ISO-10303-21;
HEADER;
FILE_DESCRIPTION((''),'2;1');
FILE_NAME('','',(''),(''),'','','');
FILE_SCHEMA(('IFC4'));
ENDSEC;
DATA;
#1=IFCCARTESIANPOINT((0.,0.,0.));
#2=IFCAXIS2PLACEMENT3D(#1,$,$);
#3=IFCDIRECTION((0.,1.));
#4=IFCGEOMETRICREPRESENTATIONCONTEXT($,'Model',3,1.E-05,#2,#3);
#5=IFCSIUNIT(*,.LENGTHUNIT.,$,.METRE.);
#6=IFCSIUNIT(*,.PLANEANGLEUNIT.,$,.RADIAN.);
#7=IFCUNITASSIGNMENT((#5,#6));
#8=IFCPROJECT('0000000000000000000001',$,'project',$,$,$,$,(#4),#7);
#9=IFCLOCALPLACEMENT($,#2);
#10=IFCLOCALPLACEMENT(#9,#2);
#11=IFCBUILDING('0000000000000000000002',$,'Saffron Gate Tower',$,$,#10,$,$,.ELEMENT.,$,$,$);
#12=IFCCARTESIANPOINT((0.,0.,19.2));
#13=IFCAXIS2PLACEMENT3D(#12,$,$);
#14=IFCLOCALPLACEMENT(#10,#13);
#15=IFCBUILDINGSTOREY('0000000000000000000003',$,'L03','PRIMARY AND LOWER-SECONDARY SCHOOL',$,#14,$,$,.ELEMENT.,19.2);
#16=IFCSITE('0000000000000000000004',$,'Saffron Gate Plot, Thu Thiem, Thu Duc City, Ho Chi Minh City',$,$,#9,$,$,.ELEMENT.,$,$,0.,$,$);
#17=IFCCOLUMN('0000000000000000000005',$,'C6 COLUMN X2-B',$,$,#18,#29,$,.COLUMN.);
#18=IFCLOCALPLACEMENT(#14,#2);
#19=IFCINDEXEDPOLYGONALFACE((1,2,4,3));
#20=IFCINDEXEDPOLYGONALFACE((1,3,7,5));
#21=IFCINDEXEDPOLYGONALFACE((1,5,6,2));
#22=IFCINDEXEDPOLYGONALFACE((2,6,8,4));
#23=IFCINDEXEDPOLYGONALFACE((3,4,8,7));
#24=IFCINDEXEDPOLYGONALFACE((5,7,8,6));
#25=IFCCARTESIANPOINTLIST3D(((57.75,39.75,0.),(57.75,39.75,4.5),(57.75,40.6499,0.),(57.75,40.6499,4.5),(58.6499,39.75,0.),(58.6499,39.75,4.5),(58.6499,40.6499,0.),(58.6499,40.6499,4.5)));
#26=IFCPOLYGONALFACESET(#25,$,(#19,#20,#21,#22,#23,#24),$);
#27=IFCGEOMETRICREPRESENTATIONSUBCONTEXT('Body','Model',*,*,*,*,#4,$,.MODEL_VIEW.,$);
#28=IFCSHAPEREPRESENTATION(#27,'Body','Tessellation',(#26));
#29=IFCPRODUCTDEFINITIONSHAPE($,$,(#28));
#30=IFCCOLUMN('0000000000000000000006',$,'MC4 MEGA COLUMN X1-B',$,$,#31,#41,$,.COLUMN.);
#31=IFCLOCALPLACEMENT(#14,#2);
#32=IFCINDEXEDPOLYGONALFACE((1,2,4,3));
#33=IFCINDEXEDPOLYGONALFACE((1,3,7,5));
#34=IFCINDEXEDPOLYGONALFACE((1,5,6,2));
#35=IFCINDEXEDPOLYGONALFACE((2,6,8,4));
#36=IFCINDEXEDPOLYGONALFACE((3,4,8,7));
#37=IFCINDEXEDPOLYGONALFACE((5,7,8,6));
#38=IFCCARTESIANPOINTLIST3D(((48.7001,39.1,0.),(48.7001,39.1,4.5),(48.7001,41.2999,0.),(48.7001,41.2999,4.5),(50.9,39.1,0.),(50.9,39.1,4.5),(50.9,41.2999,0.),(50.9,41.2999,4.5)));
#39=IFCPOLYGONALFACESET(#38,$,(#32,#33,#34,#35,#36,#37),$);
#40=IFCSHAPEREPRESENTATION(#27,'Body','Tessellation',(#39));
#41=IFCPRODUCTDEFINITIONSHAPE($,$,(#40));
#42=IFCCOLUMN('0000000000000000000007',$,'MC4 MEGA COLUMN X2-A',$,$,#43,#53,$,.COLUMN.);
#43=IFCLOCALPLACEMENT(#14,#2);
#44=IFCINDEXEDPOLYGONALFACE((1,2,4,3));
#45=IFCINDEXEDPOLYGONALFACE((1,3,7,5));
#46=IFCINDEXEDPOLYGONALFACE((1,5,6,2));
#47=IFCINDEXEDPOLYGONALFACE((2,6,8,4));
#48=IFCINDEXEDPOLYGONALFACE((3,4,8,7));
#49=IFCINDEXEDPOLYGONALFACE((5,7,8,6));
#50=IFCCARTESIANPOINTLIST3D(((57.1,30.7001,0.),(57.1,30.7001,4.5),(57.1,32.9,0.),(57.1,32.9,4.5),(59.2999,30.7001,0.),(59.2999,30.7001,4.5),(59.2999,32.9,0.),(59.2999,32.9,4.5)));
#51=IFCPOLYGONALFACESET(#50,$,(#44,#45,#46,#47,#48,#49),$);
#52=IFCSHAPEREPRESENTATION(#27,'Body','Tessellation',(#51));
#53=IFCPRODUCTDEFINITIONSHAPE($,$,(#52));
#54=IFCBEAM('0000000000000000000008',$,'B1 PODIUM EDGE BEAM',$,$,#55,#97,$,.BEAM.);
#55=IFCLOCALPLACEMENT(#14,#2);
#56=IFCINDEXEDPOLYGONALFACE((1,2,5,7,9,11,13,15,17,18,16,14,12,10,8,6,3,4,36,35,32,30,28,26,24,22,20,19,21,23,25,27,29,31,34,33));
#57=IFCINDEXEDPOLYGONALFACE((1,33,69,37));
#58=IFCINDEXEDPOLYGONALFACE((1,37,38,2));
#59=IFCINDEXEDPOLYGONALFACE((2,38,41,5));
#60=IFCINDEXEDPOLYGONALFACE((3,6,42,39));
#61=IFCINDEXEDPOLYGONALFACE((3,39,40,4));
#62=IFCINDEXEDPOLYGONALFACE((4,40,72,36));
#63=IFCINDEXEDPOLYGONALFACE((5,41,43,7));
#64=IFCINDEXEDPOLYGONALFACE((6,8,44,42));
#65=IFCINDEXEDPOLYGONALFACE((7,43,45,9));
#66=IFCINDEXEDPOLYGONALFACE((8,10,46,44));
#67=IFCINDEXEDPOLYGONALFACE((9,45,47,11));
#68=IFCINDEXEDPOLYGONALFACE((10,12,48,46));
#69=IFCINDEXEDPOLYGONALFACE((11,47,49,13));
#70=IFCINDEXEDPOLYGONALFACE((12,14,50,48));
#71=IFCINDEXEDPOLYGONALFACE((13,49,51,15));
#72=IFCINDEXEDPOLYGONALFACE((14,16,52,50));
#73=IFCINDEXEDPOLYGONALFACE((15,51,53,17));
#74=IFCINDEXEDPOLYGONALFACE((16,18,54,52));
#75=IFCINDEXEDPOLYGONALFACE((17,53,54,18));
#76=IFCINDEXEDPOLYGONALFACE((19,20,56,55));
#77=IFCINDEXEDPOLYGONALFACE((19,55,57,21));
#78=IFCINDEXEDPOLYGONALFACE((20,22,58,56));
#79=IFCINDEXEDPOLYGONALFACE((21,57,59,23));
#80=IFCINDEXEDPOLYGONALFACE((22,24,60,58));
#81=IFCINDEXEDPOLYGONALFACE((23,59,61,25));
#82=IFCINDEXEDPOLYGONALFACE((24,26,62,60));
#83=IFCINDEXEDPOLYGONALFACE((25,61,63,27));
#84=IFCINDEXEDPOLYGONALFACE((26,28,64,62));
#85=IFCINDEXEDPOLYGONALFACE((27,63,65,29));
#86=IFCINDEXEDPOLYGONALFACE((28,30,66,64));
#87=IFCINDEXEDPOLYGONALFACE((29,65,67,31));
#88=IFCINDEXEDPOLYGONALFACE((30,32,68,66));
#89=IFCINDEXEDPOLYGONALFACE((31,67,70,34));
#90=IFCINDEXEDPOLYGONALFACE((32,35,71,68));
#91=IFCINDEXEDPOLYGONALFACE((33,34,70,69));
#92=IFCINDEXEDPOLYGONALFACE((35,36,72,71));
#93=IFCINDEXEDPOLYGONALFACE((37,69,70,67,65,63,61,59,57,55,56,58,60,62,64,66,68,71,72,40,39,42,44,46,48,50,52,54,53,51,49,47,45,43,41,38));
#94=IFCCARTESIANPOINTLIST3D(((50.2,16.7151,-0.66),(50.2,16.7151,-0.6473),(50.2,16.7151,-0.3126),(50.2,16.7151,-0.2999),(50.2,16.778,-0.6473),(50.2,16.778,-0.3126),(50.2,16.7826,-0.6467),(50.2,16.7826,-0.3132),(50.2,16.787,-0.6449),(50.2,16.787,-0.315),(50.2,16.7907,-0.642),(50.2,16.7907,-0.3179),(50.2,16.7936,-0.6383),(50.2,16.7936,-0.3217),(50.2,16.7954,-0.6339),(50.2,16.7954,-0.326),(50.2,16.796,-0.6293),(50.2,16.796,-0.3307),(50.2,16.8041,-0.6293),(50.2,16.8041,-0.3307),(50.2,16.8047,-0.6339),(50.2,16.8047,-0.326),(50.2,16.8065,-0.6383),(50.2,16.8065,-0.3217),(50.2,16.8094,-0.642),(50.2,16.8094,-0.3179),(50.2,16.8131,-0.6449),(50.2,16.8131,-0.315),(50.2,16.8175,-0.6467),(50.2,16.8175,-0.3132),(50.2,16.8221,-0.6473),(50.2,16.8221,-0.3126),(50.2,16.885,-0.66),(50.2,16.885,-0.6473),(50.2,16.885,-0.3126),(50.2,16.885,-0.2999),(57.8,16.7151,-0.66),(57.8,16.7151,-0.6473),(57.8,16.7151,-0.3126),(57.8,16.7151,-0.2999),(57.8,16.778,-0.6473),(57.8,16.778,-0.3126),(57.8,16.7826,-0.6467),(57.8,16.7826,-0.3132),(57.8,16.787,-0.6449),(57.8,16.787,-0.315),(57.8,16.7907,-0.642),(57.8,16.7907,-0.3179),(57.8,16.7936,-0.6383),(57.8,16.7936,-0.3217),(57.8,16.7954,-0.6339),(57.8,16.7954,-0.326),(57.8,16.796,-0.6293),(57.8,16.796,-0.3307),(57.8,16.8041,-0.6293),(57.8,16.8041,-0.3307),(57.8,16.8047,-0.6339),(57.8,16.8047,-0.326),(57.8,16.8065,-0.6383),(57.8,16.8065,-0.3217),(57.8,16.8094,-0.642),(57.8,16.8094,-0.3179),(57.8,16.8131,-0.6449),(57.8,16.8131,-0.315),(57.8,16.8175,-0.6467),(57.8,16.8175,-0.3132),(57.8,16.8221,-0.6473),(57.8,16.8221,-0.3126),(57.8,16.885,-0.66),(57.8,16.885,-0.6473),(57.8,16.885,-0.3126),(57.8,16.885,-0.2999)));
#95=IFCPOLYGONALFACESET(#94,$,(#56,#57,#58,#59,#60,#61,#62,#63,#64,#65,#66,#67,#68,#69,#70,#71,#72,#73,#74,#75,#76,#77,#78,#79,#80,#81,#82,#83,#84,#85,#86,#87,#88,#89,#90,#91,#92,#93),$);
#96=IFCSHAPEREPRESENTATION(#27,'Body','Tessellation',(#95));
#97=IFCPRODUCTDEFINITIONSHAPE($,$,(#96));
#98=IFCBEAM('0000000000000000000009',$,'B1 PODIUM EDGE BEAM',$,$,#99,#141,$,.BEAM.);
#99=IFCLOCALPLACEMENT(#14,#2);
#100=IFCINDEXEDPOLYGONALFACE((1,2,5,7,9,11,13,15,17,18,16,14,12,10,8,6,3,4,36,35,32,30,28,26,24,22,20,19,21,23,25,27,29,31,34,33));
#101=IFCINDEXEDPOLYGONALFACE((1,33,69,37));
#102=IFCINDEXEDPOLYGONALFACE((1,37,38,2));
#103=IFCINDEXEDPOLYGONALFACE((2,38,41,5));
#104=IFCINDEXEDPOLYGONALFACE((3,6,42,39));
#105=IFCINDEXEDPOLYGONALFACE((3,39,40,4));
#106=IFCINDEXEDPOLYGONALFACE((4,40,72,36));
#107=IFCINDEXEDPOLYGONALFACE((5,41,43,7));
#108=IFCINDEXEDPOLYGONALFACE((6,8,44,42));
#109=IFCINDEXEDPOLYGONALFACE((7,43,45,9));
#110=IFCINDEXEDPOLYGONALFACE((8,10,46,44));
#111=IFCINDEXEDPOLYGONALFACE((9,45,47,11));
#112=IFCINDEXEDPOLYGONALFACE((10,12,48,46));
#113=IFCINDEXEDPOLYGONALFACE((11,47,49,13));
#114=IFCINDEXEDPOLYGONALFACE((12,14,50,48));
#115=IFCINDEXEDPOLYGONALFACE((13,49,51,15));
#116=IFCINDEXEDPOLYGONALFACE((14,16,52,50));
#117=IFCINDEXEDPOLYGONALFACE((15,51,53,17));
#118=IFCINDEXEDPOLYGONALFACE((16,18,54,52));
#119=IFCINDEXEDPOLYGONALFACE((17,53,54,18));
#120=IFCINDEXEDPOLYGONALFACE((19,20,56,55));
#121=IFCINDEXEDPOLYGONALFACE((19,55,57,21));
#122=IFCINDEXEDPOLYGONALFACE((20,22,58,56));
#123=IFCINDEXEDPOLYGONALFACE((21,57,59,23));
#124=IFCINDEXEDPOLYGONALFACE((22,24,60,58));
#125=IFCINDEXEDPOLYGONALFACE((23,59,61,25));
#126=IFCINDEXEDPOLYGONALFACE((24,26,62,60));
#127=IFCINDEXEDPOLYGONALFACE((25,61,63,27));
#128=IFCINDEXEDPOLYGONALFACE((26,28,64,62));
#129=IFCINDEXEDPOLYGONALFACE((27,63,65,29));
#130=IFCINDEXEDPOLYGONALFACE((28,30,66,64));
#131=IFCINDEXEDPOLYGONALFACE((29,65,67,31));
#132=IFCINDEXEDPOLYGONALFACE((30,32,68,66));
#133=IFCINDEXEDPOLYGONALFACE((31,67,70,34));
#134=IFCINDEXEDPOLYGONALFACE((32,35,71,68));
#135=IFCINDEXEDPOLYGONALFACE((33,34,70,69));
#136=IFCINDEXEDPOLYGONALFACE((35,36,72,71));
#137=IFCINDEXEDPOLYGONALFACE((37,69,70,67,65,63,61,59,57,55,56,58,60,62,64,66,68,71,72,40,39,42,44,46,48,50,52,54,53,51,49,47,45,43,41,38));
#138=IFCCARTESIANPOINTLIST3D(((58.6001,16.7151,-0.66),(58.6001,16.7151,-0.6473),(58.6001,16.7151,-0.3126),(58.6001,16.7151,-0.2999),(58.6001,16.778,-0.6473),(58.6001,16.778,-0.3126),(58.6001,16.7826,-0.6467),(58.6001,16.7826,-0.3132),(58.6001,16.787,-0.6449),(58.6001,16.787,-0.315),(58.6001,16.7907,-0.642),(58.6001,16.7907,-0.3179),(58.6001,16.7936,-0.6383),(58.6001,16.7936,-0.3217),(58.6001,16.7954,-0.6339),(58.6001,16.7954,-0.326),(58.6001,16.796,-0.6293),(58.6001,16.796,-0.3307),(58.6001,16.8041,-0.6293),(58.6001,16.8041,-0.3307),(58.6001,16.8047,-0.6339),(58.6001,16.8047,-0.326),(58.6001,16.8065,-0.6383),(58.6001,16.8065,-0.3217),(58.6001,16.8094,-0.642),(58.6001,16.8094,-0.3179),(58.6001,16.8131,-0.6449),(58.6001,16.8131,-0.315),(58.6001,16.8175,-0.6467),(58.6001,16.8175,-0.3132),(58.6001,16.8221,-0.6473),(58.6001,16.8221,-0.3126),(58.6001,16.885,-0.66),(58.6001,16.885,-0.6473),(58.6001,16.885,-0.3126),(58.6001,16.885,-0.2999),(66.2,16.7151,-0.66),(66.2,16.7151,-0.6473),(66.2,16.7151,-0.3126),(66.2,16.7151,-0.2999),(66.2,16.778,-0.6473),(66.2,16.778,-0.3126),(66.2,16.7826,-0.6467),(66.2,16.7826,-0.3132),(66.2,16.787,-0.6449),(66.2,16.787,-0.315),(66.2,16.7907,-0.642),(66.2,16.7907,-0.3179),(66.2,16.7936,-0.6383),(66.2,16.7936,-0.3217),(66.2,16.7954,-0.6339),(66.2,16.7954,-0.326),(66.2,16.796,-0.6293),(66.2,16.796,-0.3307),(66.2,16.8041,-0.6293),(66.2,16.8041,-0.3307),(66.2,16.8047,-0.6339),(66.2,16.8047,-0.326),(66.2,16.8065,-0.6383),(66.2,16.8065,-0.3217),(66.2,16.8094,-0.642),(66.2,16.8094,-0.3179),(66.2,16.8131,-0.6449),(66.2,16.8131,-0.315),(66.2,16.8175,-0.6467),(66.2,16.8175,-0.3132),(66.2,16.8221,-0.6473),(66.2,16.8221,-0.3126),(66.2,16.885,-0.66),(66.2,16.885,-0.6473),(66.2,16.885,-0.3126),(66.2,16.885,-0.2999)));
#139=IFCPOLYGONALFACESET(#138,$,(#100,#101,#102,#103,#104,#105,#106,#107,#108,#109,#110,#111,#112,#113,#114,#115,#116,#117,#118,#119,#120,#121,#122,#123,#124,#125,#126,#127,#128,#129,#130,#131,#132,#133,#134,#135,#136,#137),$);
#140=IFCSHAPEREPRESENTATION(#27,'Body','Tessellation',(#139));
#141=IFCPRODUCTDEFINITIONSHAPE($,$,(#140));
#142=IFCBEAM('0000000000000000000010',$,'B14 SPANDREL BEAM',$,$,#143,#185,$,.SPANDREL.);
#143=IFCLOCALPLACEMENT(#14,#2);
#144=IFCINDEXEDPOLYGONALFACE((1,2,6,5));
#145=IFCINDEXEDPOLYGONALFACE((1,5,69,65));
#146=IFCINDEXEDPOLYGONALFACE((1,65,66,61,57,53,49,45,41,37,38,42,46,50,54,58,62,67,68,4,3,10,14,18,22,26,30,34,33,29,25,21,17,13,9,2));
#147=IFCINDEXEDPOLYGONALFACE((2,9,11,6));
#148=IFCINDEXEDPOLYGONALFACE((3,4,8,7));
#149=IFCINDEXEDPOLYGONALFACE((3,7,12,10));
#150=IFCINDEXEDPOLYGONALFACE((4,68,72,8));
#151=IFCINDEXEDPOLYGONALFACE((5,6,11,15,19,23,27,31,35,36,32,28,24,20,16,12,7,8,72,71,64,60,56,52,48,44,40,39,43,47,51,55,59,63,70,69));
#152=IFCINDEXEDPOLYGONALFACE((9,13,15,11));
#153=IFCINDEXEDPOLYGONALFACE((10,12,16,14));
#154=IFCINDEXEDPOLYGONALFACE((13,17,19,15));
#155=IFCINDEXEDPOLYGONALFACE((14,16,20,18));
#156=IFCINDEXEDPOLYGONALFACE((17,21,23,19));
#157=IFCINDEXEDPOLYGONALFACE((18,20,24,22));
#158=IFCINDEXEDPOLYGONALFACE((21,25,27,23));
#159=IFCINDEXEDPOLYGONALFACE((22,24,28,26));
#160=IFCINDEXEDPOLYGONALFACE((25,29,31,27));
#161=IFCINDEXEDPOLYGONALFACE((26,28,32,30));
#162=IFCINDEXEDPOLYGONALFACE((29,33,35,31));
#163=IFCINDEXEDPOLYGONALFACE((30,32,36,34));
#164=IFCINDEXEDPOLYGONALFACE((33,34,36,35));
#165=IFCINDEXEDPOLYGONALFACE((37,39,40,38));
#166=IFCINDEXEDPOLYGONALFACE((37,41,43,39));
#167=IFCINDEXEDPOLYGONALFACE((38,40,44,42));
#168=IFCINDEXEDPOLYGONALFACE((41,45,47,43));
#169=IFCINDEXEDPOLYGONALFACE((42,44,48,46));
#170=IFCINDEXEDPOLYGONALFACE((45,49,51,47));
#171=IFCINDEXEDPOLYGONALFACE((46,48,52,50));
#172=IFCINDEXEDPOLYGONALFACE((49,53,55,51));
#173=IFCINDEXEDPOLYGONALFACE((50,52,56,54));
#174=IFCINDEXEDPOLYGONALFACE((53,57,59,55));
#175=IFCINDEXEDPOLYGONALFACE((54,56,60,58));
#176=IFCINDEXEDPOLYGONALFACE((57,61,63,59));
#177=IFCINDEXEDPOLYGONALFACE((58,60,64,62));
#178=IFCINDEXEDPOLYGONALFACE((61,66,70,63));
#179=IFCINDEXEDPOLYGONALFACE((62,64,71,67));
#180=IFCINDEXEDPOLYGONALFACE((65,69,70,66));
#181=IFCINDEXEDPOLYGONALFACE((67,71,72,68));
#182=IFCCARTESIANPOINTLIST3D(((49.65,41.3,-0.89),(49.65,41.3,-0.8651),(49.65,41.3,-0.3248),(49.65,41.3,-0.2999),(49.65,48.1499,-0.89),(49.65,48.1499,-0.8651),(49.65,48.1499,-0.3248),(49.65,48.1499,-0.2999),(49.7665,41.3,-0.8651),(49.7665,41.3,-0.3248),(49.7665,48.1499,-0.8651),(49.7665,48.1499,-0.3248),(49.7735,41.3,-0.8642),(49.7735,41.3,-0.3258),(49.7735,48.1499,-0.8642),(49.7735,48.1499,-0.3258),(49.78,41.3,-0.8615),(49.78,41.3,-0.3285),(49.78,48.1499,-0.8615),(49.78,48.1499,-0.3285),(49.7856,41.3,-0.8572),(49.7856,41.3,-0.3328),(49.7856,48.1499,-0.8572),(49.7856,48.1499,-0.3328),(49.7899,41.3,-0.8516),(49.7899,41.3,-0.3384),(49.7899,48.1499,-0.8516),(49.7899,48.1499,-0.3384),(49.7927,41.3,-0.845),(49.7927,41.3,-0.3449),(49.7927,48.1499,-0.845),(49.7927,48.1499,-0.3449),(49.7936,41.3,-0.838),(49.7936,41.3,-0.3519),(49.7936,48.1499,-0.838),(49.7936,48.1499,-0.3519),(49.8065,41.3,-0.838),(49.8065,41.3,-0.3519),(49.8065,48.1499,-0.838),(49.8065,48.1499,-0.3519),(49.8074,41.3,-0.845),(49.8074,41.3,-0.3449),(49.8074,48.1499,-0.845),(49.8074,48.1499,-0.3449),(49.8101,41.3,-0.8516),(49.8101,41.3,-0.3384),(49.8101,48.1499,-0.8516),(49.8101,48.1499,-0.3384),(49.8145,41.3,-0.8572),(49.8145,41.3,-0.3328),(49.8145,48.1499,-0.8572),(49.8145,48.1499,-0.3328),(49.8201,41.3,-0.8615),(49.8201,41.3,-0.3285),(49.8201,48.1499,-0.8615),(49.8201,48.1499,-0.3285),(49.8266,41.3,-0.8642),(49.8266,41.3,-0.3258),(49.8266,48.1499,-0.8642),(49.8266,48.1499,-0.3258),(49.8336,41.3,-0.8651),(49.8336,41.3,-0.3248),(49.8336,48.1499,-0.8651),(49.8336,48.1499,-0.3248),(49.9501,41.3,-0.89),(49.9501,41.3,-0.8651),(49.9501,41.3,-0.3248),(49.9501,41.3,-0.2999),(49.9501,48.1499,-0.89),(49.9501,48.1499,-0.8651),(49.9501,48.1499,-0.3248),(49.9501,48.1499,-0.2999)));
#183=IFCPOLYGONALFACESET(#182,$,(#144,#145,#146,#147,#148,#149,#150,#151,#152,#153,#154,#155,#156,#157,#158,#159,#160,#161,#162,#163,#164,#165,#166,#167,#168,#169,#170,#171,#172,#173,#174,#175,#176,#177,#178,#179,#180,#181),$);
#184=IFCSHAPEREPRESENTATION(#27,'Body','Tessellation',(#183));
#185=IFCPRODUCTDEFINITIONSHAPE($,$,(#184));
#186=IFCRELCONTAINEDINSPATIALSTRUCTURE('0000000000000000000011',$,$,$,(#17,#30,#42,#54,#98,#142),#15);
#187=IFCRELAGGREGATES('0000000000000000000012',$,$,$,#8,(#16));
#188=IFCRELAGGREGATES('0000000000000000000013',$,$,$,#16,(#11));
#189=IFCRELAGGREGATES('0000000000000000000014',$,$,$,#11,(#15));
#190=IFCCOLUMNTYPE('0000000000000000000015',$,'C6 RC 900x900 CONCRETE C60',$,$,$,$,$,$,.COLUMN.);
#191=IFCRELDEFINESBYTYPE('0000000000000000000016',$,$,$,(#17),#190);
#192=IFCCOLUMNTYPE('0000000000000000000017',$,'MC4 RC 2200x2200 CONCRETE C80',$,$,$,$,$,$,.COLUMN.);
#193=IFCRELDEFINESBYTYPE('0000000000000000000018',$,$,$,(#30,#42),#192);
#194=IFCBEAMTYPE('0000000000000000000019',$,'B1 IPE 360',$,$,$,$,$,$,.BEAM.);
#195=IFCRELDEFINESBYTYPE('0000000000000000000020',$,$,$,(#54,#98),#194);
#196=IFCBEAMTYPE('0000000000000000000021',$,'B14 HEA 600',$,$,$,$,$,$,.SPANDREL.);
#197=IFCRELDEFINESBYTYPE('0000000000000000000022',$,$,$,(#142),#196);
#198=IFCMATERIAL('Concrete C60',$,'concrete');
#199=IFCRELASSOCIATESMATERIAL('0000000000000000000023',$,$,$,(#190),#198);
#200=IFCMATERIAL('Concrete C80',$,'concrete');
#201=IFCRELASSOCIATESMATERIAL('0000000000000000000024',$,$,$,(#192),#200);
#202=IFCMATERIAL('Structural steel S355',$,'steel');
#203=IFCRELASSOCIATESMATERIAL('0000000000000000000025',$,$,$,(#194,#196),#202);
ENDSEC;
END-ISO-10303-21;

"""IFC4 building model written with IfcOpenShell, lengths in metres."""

from ifc_helpers import new_model, si_unit, direction, frame, origin, origin_2d, place, context, subcontext, project, spatial, rectangle, i_section, extrude, material, material_profile, profile_set, type_object, element, save


model = new_model("IFC4")

# Units and contexts
model_context = context("Model", 3, precision=1e-05, world=origin(), true_north=direction((0.0, 1.0)))
body_context = subcontext(model_context, "Body", "Model", "MODEL_VIEW")
ifc_project = project(units=[si_unit("LENGTHUNIT", "METRE"), si_unit("PLANEANGLEUNIT", "RADIAN")], contexts=[model_context])

# Site, building, storey
site_placement = place(None, origin())
site = spatial("IfcSite", under=ifc_project, at=site_placement, Name="Saffron Gate Plot, Thu Thiem, Thu Duc City, Ho Chi Minh City", CompositionType="ELEMENT", RefElevation=0.0)
building_placement = place(site_placement, origin())
building = spatial("IfcBuilding", under=site, at=building_placement, Name="Saffron Gate Tower", CompositionType="ELEMENT")
storey_placement = place(building_placement, frame((0.0, 0.0, 19.2)))
storey = spatial("IfcBuildingStorey", under=building, at=storey_placement, Name="L03", Description="PRIMARY AND LOWER-SECONDARY SCHOOL", CompositionType="ELEMENT", Elevation=19.2)

# Columns
ifc_material_1 = material(Name="Concrete C60", Category="concrete")
ifc_material_profile_1 = material_profile(ifc_material_1, rectangle(XDim=0.8999, YDim=0.8999, at=origin_2d()))
ifc_profile_set_1 = profile_set([ifc_material_profile_1], Name="Concrete C60")
column_type_1 = type_object("IfcColumnType", Name="C6 RC 900x900 CONCRETE C60", PredefinedType="COLUMN", material=ifc_profile_set_1)
column_placement = place(storey_placement, frame((58.2, 40.2, 0.0), z_axis=(0.0, 0.0, 1.0), x_axis=(1.0, 0.0, 0.0)))
element("IfcColumn", 1, at=column_placement, inside=storey, type_object=column_type_1, Name="C6 COLUMN X2-B", PredefinedType="COLUMN", context=body_context, shape_type="SweptSolid", body=[
    extrude(rectangle(XDim=0.8999, YDim=0.8999, at=origin_2d()), origin(), (0.0, 0.0, 1.0), 4.5),
])
ifc_material_2 = material(Name="Concrete C80", Category="concrete")
ifc_material_profile_2 = material_profile(ifc_material_2, rectangle(XDim=2.2, YDim=2.2, at=origin_2d()))
ifc_profile_set_2 = profile_set([ifc_material_profile_2], Name="Concrete C80")
column_type_2 = type_object("IfcColumnType", Name="MC4 RC 2200x2200 CONCRETE C80", PredefinedType="COLUMN", material=ifc_profile_set_2)
for number, where, z_axis, x_axis, name in (
    (2, (49.8, 40.2, 0.0), (0.0, 0.0, 1.0), (1.0, 0.0, 0.0), "MC4 MEGA COLUMN X1-B"),
    (3, (58.2, 31.8, 0.0), (0.0, 0.0, 1.0), (1.0, 0.0, 0.0), "MC4 MEGA COLUMN X2-A"),
):
    element("IfcColumn", number, at=place(storey_placement, frame(where, z_axis=z_axis, x_axis=x_axis)), inside=storey, type_object=column_type_2, Name=name, PredefinedType="COLUMN", context=body_context, shape_type="SweptSolid", body=[
        extrude(rectangle(XDim=2.2, YDim=2.2, at=origin_2d()), origin(), (0.0, 0.0, 1.0), 4.5),
    ])

# Beams
ifc_material_3 = material(Name="Structural steel S355", Category="steel")
ifc_material_profile_3 = material_profile(ifc_material_3, i_section(OverallWidth=0.1699, OverallDepth=0.3601, WebThickness=0.0081, FlangeThickness=0.0127, FilletRadius=0.0181, at=origin_2d()))
ifc_profile_set_3 = profile_set([ifc_material_profile_3], Name="Structural steel S355")
beam_type_1 = type_object("IfcBeamType", Name="B1 IPE 360", PredefinedType="BEAM", material=ifc_profile_set_3)
beam_1_placement = place(storey_placement, frame((50.2, 16.8, -0.48), z_axis=(1.0, 0.0, 0.0), x_axis=(0.0, 1.0, 0.0)))
element("IfcBeam", 4, at=beam_1_placement, inside=storey, type_object=beam_type_1, Name="B1 PODIUM EDGE BEAM", PredefinedType="BEAM", context=body_context, shape_type="SweptSolid", body=[
    extrude(i_section(OverallWidth=0.1699, OverallDepth=0.3601, WebThickness=0.0081, FlangeThickness=0.0127, FilletRadius=0.0181, at=origin_2d()), origin(), (0.0, 0.0, 1.0), 7.6001),
])
beam_2_placement = place(storey_placement, frame((58.6001, 16.8, -0.48), z_axis=(1.0, 0.0, 0.0), x_axis=(0.0, 1.0, 0.0)))
element("IfcBeam", 5, at=beam_2_placement, inside=storey, type_object=beam_type_1, Name="B1 PODIUM EDGE BEAM", PredefinedType="BEAM", context=body_context, shape_type="SweptSolid", body=[
    extrude(i_section(OverallWidth=0.1699, OverallDepth=0.3601, WebThickness=0.0081, FlangeThickness=0.0127, FilletRadius=0.0181, at=origin_2d()), origin(), (0.0, 0.0, 1.0), 7.5999),
])
ifc_material_profile_4 = material_profile(ifc_material_3, i_section(OverallWidth=0.3, OverallDepth=0.5901, WebThickness=0.0129, FlangeThickness=0.0249, FilletRadius=0.0271, at=origin_2d()))
ifc_profile_set_4 = profile_set([ifc_material_profile_4], Name="Structural steel S355")
beam_type_2 = type_object("IfcBeamType", Name="B14 HEA 600", PredefinedType="SPANDREL", material=ifc_profile_set_4)
for number, where, z_axis, x_axis, name in (
    (6, (49.8, 41.3, -0.595), (0.0, 1.0, 0.0), (-1.0, 0.0, 0.0), "B14 SPANDREL BEAM"),
):
    element("IfcBeam", number, at=place(storey_placement, frame(where, z_axis=z_axis, x_axis=x_axis)), inside=storey, type_object=beam_type_2, Name=name, PredefinedType="SPANDREL", context=body_context, shape_type="SweptSolid", body=[
        extrude(i_section(OverallWidth=0.3, OverallDepth=0.5901, WebThickness=0.0129, FlangeThickness=0.0249, FilletRadius=0.0271, at=origin_2d()), origin(), (0.0, 0.0, 1.0), 6.8499),
    ])

save(model, "model.ifc")
